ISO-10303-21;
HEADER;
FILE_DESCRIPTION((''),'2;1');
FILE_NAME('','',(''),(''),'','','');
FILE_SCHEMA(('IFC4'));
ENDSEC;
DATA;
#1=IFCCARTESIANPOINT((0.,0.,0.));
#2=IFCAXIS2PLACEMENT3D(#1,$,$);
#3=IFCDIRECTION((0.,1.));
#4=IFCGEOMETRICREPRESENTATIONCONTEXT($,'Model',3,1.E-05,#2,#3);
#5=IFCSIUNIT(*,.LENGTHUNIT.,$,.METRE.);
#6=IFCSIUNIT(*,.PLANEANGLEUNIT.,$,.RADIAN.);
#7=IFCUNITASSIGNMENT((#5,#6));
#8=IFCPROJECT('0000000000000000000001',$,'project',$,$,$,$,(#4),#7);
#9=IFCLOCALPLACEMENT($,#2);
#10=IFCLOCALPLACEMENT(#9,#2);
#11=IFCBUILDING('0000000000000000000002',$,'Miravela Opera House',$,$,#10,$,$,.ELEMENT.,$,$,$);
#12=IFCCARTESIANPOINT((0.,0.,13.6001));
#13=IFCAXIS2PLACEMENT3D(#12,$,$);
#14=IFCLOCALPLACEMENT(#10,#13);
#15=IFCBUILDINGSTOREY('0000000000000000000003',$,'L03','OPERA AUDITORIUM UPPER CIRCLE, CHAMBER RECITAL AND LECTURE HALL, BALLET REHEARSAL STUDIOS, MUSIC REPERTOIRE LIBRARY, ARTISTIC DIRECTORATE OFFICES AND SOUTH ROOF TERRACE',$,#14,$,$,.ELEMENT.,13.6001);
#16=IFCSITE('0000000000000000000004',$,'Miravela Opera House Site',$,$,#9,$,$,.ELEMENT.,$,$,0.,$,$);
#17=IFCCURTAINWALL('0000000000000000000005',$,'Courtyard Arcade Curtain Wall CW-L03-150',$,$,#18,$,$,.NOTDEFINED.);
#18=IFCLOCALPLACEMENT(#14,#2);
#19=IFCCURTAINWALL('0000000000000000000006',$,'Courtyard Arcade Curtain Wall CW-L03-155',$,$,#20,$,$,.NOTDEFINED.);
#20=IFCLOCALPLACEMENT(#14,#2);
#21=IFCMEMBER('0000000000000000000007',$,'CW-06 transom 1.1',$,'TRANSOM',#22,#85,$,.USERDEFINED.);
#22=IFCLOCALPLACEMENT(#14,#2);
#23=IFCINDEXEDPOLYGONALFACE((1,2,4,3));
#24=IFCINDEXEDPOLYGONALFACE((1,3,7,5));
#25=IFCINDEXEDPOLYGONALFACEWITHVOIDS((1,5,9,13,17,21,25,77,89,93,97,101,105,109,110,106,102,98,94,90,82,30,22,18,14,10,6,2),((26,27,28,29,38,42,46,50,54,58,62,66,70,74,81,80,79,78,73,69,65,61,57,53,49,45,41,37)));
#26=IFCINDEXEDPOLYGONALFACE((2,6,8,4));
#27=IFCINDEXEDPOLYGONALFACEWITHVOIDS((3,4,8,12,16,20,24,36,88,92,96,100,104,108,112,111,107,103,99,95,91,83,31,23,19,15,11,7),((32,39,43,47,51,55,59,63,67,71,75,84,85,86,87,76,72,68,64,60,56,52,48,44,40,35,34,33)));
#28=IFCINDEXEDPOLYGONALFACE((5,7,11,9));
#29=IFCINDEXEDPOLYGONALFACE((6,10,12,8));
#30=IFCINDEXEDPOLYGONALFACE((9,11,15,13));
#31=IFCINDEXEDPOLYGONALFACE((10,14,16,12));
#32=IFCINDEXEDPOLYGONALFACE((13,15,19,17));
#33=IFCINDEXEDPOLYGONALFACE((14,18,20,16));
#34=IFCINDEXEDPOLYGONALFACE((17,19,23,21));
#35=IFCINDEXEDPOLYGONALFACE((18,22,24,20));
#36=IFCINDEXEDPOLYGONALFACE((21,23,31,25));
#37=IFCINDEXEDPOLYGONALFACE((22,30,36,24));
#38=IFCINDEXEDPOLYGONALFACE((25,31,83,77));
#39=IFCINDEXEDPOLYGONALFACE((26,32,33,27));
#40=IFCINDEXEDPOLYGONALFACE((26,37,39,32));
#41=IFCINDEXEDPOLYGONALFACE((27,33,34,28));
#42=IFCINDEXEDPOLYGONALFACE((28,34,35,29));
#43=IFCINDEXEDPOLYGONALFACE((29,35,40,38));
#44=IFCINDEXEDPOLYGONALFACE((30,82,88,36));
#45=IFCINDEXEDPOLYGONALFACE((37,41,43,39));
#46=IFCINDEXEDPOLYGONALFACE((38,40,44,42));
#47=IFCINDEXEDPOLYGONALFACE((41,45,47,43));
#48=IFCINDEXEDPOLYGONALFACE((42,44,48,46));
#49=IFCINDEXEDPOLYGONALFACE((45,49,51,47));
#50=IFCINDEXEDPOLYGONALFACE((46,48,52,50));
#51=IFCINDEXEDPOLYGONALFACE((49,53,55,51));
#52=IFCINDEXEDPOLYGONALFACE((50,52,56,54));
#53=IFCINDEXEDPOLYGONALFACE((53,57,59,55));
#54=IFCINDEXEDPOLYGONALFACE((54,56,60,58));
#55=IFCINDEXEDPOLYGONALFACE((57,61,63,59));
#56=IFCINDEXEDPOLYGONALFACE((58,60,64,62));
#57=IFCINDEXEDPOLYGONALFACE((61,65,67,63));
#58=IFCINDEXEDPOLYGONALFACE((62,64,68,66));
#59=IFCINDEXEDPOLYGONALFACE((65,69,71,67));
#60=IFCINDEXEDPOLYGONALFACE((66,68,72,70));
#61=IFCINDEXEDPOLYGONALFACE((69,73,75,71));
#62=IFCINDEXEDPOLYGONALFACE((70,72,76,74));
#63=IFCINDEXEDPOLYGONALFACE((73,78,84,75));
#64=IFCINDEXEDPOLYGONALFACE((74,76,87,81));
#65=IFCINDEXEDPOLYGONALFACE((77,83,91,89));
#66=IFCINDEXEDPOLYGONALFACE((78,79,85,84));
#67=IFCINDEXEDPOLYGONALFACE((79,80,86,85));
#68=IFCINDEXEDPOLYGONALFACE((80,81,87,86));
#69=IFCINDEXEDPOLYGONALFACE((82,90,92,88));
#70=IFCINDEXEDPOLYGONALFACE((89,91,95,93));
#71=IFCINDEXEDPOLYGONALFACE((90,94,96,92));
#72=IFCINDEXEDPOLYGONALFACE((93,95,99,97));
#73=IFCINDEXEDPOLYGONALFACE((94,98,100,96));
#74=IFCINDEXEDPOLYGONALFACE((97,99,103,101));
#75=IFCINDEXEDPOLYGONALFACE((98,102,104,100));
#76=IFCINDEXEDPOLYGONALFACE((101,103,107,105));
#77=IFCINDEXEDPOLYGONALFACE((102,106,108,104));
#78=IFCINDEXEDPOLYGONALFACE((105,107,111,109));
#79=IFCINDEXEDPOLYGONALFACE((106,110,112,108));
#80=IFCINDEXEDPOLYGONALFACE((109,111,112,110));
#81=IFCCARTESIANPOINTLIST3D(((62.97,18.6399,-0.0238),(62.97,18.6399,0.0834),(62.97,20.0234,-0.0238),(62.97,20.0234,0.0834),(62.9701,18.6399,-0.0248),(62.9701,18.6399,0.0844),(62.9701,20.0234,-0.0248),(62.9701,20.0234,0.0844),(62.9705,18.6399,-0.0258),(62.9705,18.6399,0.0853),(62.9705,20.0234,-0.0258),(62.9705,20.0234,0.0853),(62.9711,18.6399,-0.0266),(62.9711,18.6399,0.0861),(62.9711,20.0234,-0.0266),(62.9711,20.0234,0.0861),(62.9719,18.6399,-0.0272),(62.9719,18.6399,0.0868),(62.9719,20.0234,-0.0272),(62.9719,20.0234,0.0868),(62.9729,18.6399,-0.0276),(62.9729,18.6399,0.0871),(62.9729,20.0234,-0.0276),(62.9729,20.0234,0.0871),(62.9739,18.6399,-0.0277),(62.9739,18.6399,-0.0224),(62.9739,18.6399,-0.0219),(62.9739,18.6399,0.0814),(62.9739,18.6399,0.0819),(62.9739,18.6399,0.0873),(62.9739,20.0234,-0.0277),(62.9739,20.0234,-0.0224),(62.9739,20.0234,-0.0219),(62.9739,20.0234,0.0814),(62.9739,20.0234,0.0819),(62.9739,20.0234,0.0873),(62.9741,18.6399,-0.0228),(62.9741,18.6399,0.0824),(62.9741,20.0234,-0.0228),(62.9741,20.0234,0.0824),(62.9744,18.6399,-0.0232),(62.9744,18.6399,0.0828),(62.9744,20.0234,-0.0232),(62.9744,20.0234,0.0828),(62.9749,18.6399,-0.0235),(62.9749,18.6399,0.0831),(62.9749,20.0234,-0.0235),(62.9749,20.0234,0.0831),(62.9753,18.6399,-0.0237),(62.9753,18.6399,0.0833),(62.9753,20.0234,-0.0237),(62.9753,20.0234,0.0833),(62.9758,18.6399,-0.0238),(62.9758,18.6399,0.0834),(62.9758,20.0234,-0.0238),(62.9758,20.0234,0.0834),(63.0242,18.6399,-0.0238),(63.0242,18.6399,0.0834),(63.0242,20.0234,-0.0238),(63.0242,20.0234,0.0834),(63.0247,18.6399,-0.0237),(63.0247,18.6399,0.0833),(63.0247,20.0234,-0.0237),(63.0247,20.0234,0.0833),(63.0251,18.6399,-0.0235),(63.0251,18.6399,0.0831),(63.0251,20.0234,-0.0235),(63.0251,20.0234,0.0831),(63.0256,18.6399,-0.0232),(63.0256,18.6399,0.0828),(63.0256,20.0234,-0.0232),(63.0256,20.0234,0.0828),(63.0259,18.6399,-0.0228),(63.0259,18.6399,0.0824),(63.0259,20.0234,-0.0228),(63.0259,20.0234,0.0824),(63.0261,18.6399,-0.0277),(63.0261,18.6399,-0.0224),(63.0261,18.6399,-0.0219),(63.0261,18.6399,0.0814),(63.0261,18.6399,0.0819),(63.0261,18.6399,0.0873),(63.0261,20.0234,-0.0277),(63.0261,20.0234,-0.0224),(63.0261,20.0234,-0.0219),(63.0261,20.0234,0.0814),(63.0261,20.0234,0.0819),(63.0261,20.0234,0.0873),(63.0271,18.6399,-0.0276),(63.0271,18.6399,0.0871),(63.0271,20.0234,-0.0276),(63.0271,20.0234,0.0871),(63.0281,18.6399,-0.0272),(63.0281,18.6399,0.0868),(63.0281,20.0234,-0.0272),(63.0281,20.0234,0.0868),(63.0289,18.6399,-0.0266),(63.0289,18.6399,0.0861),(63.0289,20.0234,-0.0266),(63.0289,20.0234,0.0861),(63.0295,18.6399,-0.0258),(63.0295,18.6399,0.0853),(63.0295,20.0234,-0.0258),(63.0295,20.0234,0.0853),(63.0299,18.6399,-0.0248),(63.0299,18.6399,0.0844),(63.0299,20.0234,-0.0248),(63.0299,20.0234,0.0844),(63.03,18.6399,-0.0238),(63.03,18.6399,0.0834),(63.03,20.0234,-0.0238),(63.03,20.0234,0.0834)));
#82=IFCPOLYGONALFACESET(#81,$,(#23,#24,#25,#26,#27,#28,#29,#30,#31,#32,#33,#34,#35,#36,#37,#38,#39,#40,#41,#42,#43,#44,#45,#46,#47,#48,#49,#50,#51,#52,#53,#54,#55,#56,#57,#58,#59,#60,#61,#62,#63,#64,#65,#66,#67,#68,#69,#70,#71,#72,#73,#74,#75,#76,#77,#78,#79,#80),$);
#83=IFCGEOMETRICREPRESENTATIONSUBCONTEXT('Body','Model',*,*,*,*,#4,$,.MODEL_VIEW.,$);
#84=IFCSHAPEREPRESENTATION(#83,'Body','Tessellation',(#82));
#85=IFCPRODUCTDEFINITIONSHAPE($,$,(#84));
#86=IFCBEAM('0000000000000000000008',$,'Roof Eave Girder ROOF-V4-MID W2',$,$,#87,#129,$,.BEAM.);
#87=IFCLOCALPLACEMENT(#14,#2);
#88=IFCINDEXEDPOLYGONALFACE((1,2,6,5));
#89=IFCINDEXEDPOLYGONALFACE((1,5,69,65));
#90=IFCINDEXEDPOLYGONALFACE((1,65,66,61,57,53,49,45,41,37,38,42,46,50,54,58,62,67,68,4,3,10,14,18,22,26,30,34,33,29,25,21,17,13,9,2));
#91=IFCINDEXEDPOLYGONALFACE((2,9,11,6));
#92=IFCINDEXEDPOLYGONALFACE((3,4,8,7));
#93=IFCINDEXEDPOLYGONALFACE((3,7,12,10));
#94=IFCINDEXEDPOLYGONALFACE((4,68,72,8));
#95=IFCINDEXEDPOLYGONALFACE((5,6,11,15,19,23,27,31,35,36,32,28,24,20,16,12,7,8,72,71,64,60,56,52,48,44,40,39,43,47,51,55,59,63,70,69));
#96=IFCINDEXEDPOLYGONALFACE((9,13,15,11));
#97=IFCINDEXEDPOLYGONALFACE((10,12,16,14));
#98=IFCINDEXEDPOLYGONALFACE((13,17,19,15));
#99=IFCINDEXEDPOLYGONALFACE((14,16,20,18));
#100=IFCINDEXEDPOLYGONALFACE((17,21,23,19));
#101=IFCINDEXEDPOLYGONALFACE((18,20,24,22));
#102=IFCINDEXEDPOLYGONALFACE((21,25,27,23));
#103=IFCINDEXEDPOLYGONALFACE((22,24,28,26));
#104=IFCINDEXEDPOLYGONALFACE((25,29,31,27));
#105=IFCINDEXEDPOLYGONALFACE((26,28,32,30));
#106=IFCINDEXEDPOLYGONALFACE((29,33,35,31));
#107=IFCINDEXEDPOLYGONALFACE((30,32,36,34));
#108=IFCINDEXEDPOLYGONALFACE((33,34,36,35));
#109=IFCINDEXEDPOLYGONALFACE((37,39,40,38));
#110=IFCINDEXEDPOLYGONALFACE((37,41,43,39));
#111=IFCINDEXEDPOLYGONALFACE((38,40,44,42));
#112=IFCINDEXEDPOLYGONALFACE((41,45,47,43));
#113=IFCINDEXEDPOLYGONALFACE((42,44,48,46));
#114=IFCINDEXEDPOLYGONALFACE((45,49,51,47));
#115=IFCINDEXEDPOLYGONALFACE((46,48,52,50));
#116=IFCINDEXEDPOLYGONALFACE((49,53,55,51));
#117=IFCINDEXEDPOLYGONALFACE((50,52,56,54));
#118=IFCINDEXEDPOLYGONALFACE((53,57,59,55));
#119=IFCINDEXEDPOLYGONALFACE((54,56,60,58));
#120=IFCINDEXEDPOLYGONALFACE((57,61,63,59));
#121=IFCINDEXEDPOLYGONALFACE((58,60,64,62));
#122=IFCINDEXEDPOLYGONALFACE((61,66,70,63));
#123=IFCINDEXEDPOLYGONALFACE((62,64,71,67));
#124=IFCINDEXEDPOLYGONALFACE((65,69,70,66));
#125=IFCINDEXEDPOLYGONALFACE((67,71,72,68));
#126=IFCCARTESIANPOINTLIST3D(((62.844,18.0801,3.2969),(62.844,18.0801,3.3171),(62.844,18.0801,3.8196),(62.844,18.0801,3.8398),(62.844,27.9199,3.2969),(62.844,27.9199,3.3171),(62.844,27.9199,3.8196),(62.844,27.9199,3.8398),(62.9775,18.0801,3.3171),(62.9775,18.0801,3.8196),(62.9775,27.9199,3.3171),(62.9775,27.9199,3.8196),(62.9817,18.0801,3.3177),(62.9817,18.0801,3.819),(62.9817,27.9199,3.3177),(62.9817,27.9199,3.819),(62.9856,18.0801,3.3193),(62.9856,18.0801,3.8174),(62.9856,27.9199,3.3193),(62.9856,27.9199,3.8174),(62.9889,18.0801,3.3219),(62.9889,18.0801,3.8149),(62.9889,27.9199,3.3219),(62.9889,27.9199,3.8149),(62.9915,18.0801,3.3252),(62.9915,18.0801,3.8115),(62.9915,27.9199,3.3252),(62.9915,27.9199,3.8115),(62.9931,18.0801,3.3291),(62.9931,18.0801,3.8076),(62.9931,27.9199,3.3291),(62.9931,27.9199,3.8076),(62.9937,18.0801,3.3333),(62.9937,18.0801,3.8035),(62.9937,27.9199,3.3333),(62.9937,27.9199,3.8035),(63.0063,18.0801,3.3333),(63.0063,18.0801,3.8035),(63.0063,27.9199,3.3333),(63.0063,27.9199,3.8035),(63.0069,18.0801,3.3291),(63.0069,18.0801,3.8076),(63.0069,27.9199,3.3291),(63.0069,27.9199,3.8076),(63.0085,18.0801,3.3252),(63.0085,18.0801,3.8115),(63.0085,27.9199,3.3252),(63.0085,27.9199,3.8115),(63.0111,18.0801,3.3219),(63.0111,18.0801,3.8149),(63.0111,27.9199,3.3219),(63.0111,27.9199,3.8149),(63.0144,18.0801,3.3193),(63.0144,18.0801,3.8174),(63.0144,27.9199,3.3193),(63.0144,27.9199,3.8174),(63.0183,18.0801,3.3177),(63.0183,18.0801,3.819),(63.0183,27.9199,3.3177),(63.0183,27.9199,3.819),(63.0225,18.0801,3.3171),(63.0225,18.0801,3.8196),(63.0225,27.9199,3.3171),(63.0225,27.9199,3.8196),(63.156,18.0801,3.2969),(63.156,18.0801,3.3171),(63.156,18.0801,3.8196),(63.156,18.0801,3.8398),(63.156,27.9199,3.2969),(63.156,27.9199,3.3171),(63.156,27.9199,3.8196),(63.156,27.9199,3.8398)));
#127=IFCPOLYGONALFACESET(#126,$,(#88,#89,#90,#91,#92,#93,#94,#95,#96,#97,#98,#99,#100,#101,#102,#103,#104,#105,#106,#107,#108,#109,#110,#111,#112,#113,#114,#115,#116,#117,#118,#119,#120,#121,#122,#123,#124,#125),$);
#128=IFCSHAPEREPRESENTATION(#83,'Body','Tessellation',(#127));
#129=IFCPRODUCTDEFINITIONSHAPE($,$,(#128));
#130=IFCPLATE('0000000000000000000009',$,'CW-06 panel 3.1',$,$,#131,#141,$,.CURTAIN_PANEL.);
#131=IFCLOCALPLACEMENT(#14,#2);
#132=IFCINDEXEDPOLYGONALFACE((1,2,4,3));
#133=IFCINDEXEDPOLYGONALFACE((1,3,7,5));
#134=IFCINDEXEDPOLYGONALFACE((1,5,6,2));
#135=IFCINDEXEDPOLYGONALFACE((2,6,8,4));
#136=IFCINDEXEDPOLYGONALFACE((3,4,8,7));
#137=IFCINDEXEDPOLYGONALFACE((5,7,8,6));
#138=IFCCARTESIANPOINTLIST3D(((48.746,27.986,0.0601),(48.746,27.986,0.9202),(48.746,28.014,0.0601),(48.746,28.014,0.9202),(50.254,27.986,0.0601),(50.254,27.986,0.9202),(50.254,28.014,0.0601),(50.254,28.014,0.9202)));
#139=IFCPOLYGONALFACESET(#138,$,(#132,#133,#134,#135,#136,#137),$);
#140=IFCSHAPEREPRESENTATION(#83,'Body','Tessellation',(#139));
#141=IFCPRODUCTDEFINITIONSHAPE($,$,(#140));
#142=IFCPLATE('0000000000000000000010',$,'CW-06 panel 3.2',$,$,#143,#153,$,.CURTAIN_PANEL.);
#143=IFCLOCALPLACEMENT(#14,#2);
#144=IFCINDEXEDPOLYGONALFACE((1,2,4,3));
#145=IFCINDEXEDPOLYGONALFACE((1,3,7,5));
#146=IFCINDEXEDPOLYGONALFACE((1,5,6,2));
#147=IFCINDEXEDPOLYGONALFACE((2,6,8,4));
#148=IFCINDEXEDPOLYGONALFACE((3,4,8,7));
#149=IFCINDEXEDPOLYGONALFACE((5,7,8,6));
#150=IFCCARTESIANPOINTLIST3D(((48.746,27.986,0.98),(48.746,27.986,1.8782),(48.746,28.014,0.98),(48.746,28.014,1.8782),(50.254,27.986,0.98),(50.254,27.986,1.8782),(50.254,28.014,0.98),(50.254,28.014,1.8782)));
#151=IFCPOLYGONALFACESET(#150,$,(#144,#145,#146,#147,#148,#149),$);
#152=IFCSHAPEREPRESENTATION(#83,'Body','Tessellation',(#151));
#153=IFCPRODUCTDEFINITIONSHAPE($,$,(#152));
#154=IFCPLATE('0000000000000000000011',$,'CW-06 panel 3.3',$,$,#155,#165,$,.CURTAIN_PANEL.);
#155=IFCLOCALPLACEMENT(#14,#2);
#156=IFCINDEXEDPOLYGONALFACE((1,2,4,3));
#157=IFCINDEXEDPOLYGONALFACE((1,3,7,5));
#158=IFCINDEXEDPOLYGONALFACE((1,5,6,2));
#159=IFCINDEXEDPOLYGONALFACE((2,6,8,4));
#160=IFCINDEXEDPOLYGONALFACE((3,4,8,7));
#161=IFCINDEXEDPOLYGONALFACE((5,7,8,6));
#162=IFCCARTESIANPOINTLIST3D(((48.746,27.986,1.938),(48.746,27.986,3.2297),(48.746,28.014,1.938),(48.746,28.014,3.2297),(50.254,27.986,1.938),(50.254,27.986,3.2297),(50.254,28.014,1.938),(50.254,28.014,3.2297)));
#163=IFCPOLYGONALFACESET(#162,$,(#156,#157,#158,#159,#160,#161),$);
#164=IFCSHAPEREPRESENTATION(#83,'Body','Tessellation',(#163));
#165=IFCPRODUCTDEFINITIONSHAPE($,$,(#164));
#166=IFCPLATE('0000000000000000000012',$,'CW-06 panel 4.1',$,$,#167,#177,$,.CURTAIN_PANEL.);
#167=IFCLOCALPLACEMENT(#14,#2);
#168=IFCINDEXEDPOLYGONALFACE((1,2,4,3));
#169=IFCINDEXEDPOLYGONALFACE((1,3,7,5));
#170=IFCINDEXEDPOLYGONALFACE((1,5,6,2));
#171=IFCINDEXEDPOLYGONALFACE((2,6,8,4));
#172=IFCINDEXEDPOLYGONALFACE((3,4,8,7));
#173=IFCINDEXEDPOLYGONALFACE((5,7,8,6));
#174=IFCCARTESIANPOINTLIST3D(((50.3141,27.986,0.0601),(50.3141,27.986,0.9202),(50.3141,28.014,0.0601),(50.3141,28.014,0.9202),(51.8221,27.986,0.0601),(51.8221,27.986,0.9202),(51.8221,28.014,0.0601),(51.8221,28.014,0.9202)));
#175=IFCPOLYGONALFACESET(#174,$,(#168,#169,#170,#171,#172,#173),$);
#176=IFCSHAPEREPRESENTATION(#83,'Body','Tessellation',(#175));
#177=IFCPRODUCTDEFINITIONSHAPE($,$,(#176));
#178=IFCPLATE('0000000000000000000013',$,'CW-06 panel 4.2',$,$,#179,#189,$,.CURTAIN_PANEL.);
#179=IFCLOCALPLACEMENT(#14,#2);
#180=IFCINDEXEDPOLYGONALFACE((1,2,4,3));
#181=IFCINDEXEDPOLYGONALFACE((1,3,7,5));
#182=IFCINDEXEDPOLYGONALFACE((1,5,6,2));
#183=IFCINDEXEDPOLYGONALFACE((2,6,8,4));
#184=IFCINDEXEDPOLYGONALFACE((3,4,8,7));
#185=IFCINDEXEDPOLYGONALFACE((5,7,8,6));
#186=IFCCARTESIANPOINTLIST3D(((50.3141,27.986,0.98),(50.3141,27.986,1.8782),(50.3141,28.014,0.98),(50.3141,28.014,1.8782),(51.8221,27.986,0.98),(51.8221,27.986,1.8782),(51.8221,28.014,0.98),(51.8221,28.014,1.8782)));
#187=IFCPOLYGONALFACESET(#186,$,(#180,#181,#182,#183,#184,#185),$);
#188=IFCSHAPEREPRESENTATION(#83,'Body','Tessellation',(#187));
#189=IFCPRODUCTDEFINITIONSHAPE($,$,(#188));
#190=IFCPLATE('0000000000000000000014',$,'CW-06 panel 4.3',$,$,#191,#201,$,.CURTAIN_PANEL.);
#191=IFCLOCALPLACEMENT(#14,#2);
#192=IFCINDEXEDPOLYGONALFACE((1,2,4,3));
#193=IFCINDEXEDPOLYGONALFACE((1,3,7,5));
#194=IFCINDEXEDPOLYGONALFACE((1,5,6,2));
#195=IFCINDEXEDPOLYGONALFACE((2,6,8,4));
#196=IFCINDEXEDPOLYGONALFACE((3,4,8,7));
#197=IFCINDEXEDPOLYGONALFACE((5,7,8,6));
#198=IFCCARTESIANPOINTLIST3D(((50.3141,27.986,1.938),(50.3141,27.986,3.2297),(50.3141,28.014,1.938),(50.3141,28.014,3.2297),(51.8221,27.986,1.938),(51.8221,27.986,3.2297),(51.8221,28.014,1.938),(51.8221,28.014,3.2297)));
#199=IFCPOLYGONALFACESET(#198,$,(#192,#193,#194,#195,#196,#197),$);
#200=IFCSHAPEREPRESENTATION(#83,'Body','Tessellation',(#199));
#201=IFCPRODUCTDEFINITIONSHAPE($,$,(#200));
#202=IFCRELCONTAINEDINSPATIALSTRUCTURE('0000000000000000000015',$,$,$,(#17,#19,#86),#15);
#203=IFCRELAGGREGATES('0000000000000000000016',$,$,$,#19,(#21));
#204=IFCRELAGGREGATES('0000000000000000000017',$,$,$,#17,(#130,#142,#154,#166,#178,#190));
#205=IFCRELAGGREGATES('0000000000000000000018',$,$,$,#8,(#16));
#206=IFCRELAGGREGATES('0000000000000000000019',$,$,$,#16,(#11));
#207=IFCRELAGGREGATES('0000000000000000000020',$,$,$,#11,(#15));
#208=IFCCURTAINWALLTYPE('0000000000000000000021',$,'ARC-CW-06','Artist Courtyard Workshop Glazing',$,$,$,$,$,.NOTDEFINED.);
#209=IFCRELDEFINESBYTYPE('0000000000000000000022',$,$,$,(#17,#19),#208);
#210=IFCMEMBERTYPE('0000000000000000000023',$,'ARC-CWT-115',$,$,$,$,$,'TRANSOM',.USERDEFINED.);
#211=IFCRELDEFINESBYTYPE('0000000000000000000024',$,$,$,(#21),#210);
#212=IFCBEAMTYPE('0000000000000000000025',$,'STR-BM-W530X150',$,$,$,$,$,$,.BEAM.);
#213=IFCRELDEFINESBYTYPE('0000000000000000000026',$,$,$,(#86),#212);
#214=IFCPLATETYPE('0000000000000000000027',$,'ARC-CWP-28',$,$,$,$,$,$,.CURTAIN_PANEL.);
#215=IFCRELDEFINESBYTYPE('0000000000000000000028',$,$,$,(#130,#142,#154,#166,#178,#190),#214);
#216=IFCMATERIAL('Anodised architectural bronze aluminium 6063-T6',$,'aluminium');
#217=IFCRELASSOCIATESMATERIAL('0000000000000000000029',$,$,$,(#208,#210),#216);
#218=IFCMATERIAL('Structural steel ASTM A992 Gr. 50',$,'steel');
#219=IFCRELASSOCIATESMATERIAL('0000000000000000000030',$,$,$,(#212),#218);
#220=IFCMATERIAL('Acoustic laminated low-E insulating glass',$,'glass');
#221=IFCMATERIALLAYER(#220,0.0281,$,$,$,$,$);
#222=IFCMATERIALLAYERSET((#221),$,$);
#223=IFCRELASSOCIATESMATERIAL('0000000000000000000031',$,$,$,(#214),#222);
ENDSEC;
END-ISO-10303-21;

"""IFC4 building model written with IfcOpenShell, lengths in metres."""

from ifc_helpers import new_model, si_unit, direction, frame, origin, origin_2d, place, context, subcontext, project, spatial, rectangle, hollow_rectangle, i_section, extrude, material, layer, layer_set, material_profile, profile_set, type_object, element, aggregate, save


model = new_model("IFC4")

# Units and contexts
model_context = context("Model", 3, precision=1e-05, world=origin(), true_north=direction((0.0, 1.0)))
body_context = subcontext(model_context, "Body", "Model", "MODEL_VIEW")
ifc_project = project(units=[si_unit("LENGTHUNIT", "METRE"), si_unit("PLANEANGLEUNIT", "RADIAN")], contexts=[model_context])

# Site, building, storey
site_placement = place(None, origin())
site = spatial("IfcSite", under=ifc_project, at=site_placement, Name="Miravela Opera House Site", CompositionType="ELEMENT", RefElevation=0.0)
building_placement = place(site_placement, origin())
building = spatial("IfcBuilding", under=site, at=building_placement, Name="Miravela Opera House", CompositionType="ELEMENT")
storey_placement = place(building_placement, frame((0.0, 0.0, 13.6001)))
storey = spatial("IfcBuildingStorey", under=building, at=storey_placement, Name="L03", Description="OPERA AUDITORIUM UPPER CIRCLE, CHAMBER RECITAL AND LECTURE HALL, BALLET REHEARSAL STUDIOS, MUSIC REPERTOIRE LIBRARY, ARTISTIC DIRECTORATE OFFICES AND SOUTH ROOF TERRACE", CompositionType="ELEMENT", Elevation=13.6001)

# Curtain wall
ifc_material_1 = material(Name="Anodised architectural bronze aluminium 6063-T6", Category="aluminium")
curtain_wall_type = type_object("IfcCurtainWallType", Name="ARC-CW-06", Description="Artist Courtyard Workshop Glazing", PredefinedType="NOTDEFINED", material=ifc_material_1)
curtain_wall_1_placement = place(storey_placement, origin())
curtain_wall_1 = element("IfcCurtainWall", 1, at=curtain_wall_1_placement, inside=storey, type_object=curtain_wall_type, Name="Courtyard Arcade Curtain Wall CW-L03-150", PredefinedType="NOTDEFINED")

# Curtain wall
curtain_wall_2_placement = place(storey_placement, origin())
curtain_wall_2 = element("IfcCurtainWall", 2, at=curtain_wall_2_placement, inside=storey, type_object=curtain_wall_type, Name="Courtyard Arcade Curtain Wall CW-L03-155", PredefinedType="NOTDEFINED")

# Member
ifc_material_profile_1 = material_profile(ifc_material_1, hollow_rectangle(XDim=0.0601, YDim=0.115, WallThickness=0.0039, InnerFilletRadius=0.002, OuterFilletRadius=0.0039, at=origin_2d()), Name="CWT-60X115")
ifc_profile_set_1 = profile_set([ifc_material_profile_1])
member_type_1 = type_object("IfcMemberType", Name="ARC-CWT-115", ElementType="TRANSOM", PredefinedType="USERDEFINED", material=ifc_profile_set_1)
member_1_placement = place(storey_placement, frame((63.0, 18.6399, 0.0298), z_axis=(0.0, 1.0, 0.0), x_axis=(-1.0, 0.0, 0.0)))
member_1 = element("IfcMember", 3, at=member_1_placement, type_object=member_type_1, Name="CW-06 transom 1.1", ObjectType="TRANSOM", PredefinedType="USERDEFINED", context=body_context, shape_type="SweptSolid", body=[
    extrude(hollow_rectangle(XDim=0.0601, YDim=0.115, WallThickness=0.0039, InnerFilletRadius=0.002, OuterFilletRadius=0.0039, at=origin_2d()), origin(), (0.0, 0.0, 1.0), 1.3835),
])
aggregate(curtain_wall_2, [member_1])

# Beam
ifc_material_2 = material(Name="Structural steel ASTM A992 Gr. 50", Category="steel")
ifc_material_profile_2 = material_profile(ifc_material_2, i_section(OverallWidth=0.312, OverallDepth=0.543, WebThickness=0.0127, FlangeThickness=0.0203, FilletRadius=0.0161, at=origin_2d()), Name="W530X150")
ifc_profile_set_2 = profile_set([ifc_material_profile_2])
beam_type = type_object("IfcBeamType", Name="STR-BM-W530X150", PredefinedType="BEAM", material=ifc_profile_set_2)
beam_placement = place(storey_placement, frame((63.0, 18.0801, 3.5684), z_axis=(0.0, 1.0, 0.0), x_axis=(-1.0, 0.0, 0.0)))
element("IfcBeam", 4, at=beam_placement, inside=storey, type_object=beam_type, Name="Roof Eave Girder ROOF-V4-MID W2", PredefinedType="BEAM", context=body_context, shape_type="SweptSolid", body=[
    extrude(i_section(OverallWidth=0.312, OverallDepth=0.543, WebThickness=0.0127, FlangeThickness=0.0203, FilletRadius=0.0161, at=origin_2d()), origin(), (0.0, 0.0, 1.0), 9.8398),
])

# Plates
ifc_material_3 = material(Name="Acoustic laminated low-E insulating glass", Category="glass")
ifc_layer = layer(ifc_material_3, 0.0281)
ifc_layer_set = layer_set([ifc_layer])
plate_type = type_object("IfcPlateType", Name="ARC-CWP-28", PredefinedType="CURTAIN_PANEL", material=ifc_layer_set)
plate_1_placement = place(storey_placement, frame((49.5, 28.0, 0.0601), z_axis=(0.0, 0.0, 1.0), x_axis=(1.0, 0.0, 0.0)))
plate_1 = element("IfcPlate", 5, at=plate_1_placement, type_object=plate_type, Name="CW-06 panel 3.1", PredefinedType="CURTAIN_PANEL", context=body_context, shape_type="SweptSolid", body=[
    extrude(rectangle(XDim=1.5081, YDim=0.0281, at=origin_2d()), origin(), (0.0, 0.0, 1.0), 0.8601),
])
plate_2_placement = place(storey_placement, frame((49.5, 28.0, 0.98), z_axis=(0.0, 0.0, 1.0), x_axis=(1.0, 0.0, 0.0)))
plate_2 = element("IfcPlate", 6, at=plate_2_placement, type_object=plate_type, Name="CW-06 panel 3.2", PredefinedType="CURTAIN_PANEL", context=body_context, shape_type="SweptSolid", body=[
    extrude(rectangle(XDim=1.5081, YDim=0.0281, at=origin_2d()), origin(), (0.0, 0.0, 1.0), 0.8982),
])
plate_3_placement = place(storey_placement, frame((49.5, 28.0, 1.938), z_axis=(0.0, 0.0, 1.0), x_axis=(1.0, 0.0, 0.0)))
plate_3 = element("IfcPlate", 7, at=plate_3_placement, type_object=plate_type, Name="CW-06 panel 3.3", PredefinedType="CURTAIN_PANEL", context=body_context, shape_type="SweptSolid", body=[
    extrude(rectangle(XDim=1.5081, YDim=0.0281, at=origin_2d()), origin(), (0.0, 0.0, 1.0), 1.2917),
])
plate_4_placement = place(storey_placement, frame((51.0681, 28.0, 0.0601), z_axis=(0.0, 0.0, 1.0), x_axis=(1.0, 0.0, 0.0)))
plate_4 = element("IfcPlate", 8, at=plate_4_placement, type_object=plate_type, Name="CW-06 panel 4.1", PredefinedType="CURTAIN_PANEL", context=body_context, shape_type="SweptSolid", body=[
    extrude(rectangle(XDim=1.5081, YDim=0.0281, at=origin_2d()), origin(), (0.0, 0.0, 1.0), 0.8601),
])
plate_5_placement = place(storey_placement, frame((51.0681, 28.0, 0.98), z_axis=(0.0, 0.0, 1.0), x_axis=(1.0, 0.0, 0.0)))
plate_5 = element("IfcPlate", 9, at=plate_5_placement, type_object=plate_type, Name="CW-06 panel 4.2", PredefinedType="CURTAIN_PANEL", context=body_context, shape_type="SweptSolid", body=[
    extrude(rectangle(XDim=1.5081, YDim=0.0281, at=origin_2d()), origin(), (0.0, 0.0, 1.0), 0.8982),
])
plate_6_placement = place(storey_placement, frame((51.0681, 28.0, 1.938), z_axis=(0.0, 0.0, 1.0), x_axis=(1.0, 0.0, 0.0)))
plate_6 = element("IfcPlate", 10, at=plate_6_placement, type_object=plate_type, Name="CW-06 panel 4.3", PredefinedType="CURTAIN_PANEL", context=body_context, shape_type="SweptSolid", body=[
    extrude(rectangle(XDim=1.5081, YDim=0.0281, at=origin_2d()), origin(), (0.0, 0.0, 1.0), 1.2917),
])
aggregate(curtain_wall_1, [plate_1, plate_2, plate_3, plate_4, plate_5, plate_6])

save(model, "model.ifc")
